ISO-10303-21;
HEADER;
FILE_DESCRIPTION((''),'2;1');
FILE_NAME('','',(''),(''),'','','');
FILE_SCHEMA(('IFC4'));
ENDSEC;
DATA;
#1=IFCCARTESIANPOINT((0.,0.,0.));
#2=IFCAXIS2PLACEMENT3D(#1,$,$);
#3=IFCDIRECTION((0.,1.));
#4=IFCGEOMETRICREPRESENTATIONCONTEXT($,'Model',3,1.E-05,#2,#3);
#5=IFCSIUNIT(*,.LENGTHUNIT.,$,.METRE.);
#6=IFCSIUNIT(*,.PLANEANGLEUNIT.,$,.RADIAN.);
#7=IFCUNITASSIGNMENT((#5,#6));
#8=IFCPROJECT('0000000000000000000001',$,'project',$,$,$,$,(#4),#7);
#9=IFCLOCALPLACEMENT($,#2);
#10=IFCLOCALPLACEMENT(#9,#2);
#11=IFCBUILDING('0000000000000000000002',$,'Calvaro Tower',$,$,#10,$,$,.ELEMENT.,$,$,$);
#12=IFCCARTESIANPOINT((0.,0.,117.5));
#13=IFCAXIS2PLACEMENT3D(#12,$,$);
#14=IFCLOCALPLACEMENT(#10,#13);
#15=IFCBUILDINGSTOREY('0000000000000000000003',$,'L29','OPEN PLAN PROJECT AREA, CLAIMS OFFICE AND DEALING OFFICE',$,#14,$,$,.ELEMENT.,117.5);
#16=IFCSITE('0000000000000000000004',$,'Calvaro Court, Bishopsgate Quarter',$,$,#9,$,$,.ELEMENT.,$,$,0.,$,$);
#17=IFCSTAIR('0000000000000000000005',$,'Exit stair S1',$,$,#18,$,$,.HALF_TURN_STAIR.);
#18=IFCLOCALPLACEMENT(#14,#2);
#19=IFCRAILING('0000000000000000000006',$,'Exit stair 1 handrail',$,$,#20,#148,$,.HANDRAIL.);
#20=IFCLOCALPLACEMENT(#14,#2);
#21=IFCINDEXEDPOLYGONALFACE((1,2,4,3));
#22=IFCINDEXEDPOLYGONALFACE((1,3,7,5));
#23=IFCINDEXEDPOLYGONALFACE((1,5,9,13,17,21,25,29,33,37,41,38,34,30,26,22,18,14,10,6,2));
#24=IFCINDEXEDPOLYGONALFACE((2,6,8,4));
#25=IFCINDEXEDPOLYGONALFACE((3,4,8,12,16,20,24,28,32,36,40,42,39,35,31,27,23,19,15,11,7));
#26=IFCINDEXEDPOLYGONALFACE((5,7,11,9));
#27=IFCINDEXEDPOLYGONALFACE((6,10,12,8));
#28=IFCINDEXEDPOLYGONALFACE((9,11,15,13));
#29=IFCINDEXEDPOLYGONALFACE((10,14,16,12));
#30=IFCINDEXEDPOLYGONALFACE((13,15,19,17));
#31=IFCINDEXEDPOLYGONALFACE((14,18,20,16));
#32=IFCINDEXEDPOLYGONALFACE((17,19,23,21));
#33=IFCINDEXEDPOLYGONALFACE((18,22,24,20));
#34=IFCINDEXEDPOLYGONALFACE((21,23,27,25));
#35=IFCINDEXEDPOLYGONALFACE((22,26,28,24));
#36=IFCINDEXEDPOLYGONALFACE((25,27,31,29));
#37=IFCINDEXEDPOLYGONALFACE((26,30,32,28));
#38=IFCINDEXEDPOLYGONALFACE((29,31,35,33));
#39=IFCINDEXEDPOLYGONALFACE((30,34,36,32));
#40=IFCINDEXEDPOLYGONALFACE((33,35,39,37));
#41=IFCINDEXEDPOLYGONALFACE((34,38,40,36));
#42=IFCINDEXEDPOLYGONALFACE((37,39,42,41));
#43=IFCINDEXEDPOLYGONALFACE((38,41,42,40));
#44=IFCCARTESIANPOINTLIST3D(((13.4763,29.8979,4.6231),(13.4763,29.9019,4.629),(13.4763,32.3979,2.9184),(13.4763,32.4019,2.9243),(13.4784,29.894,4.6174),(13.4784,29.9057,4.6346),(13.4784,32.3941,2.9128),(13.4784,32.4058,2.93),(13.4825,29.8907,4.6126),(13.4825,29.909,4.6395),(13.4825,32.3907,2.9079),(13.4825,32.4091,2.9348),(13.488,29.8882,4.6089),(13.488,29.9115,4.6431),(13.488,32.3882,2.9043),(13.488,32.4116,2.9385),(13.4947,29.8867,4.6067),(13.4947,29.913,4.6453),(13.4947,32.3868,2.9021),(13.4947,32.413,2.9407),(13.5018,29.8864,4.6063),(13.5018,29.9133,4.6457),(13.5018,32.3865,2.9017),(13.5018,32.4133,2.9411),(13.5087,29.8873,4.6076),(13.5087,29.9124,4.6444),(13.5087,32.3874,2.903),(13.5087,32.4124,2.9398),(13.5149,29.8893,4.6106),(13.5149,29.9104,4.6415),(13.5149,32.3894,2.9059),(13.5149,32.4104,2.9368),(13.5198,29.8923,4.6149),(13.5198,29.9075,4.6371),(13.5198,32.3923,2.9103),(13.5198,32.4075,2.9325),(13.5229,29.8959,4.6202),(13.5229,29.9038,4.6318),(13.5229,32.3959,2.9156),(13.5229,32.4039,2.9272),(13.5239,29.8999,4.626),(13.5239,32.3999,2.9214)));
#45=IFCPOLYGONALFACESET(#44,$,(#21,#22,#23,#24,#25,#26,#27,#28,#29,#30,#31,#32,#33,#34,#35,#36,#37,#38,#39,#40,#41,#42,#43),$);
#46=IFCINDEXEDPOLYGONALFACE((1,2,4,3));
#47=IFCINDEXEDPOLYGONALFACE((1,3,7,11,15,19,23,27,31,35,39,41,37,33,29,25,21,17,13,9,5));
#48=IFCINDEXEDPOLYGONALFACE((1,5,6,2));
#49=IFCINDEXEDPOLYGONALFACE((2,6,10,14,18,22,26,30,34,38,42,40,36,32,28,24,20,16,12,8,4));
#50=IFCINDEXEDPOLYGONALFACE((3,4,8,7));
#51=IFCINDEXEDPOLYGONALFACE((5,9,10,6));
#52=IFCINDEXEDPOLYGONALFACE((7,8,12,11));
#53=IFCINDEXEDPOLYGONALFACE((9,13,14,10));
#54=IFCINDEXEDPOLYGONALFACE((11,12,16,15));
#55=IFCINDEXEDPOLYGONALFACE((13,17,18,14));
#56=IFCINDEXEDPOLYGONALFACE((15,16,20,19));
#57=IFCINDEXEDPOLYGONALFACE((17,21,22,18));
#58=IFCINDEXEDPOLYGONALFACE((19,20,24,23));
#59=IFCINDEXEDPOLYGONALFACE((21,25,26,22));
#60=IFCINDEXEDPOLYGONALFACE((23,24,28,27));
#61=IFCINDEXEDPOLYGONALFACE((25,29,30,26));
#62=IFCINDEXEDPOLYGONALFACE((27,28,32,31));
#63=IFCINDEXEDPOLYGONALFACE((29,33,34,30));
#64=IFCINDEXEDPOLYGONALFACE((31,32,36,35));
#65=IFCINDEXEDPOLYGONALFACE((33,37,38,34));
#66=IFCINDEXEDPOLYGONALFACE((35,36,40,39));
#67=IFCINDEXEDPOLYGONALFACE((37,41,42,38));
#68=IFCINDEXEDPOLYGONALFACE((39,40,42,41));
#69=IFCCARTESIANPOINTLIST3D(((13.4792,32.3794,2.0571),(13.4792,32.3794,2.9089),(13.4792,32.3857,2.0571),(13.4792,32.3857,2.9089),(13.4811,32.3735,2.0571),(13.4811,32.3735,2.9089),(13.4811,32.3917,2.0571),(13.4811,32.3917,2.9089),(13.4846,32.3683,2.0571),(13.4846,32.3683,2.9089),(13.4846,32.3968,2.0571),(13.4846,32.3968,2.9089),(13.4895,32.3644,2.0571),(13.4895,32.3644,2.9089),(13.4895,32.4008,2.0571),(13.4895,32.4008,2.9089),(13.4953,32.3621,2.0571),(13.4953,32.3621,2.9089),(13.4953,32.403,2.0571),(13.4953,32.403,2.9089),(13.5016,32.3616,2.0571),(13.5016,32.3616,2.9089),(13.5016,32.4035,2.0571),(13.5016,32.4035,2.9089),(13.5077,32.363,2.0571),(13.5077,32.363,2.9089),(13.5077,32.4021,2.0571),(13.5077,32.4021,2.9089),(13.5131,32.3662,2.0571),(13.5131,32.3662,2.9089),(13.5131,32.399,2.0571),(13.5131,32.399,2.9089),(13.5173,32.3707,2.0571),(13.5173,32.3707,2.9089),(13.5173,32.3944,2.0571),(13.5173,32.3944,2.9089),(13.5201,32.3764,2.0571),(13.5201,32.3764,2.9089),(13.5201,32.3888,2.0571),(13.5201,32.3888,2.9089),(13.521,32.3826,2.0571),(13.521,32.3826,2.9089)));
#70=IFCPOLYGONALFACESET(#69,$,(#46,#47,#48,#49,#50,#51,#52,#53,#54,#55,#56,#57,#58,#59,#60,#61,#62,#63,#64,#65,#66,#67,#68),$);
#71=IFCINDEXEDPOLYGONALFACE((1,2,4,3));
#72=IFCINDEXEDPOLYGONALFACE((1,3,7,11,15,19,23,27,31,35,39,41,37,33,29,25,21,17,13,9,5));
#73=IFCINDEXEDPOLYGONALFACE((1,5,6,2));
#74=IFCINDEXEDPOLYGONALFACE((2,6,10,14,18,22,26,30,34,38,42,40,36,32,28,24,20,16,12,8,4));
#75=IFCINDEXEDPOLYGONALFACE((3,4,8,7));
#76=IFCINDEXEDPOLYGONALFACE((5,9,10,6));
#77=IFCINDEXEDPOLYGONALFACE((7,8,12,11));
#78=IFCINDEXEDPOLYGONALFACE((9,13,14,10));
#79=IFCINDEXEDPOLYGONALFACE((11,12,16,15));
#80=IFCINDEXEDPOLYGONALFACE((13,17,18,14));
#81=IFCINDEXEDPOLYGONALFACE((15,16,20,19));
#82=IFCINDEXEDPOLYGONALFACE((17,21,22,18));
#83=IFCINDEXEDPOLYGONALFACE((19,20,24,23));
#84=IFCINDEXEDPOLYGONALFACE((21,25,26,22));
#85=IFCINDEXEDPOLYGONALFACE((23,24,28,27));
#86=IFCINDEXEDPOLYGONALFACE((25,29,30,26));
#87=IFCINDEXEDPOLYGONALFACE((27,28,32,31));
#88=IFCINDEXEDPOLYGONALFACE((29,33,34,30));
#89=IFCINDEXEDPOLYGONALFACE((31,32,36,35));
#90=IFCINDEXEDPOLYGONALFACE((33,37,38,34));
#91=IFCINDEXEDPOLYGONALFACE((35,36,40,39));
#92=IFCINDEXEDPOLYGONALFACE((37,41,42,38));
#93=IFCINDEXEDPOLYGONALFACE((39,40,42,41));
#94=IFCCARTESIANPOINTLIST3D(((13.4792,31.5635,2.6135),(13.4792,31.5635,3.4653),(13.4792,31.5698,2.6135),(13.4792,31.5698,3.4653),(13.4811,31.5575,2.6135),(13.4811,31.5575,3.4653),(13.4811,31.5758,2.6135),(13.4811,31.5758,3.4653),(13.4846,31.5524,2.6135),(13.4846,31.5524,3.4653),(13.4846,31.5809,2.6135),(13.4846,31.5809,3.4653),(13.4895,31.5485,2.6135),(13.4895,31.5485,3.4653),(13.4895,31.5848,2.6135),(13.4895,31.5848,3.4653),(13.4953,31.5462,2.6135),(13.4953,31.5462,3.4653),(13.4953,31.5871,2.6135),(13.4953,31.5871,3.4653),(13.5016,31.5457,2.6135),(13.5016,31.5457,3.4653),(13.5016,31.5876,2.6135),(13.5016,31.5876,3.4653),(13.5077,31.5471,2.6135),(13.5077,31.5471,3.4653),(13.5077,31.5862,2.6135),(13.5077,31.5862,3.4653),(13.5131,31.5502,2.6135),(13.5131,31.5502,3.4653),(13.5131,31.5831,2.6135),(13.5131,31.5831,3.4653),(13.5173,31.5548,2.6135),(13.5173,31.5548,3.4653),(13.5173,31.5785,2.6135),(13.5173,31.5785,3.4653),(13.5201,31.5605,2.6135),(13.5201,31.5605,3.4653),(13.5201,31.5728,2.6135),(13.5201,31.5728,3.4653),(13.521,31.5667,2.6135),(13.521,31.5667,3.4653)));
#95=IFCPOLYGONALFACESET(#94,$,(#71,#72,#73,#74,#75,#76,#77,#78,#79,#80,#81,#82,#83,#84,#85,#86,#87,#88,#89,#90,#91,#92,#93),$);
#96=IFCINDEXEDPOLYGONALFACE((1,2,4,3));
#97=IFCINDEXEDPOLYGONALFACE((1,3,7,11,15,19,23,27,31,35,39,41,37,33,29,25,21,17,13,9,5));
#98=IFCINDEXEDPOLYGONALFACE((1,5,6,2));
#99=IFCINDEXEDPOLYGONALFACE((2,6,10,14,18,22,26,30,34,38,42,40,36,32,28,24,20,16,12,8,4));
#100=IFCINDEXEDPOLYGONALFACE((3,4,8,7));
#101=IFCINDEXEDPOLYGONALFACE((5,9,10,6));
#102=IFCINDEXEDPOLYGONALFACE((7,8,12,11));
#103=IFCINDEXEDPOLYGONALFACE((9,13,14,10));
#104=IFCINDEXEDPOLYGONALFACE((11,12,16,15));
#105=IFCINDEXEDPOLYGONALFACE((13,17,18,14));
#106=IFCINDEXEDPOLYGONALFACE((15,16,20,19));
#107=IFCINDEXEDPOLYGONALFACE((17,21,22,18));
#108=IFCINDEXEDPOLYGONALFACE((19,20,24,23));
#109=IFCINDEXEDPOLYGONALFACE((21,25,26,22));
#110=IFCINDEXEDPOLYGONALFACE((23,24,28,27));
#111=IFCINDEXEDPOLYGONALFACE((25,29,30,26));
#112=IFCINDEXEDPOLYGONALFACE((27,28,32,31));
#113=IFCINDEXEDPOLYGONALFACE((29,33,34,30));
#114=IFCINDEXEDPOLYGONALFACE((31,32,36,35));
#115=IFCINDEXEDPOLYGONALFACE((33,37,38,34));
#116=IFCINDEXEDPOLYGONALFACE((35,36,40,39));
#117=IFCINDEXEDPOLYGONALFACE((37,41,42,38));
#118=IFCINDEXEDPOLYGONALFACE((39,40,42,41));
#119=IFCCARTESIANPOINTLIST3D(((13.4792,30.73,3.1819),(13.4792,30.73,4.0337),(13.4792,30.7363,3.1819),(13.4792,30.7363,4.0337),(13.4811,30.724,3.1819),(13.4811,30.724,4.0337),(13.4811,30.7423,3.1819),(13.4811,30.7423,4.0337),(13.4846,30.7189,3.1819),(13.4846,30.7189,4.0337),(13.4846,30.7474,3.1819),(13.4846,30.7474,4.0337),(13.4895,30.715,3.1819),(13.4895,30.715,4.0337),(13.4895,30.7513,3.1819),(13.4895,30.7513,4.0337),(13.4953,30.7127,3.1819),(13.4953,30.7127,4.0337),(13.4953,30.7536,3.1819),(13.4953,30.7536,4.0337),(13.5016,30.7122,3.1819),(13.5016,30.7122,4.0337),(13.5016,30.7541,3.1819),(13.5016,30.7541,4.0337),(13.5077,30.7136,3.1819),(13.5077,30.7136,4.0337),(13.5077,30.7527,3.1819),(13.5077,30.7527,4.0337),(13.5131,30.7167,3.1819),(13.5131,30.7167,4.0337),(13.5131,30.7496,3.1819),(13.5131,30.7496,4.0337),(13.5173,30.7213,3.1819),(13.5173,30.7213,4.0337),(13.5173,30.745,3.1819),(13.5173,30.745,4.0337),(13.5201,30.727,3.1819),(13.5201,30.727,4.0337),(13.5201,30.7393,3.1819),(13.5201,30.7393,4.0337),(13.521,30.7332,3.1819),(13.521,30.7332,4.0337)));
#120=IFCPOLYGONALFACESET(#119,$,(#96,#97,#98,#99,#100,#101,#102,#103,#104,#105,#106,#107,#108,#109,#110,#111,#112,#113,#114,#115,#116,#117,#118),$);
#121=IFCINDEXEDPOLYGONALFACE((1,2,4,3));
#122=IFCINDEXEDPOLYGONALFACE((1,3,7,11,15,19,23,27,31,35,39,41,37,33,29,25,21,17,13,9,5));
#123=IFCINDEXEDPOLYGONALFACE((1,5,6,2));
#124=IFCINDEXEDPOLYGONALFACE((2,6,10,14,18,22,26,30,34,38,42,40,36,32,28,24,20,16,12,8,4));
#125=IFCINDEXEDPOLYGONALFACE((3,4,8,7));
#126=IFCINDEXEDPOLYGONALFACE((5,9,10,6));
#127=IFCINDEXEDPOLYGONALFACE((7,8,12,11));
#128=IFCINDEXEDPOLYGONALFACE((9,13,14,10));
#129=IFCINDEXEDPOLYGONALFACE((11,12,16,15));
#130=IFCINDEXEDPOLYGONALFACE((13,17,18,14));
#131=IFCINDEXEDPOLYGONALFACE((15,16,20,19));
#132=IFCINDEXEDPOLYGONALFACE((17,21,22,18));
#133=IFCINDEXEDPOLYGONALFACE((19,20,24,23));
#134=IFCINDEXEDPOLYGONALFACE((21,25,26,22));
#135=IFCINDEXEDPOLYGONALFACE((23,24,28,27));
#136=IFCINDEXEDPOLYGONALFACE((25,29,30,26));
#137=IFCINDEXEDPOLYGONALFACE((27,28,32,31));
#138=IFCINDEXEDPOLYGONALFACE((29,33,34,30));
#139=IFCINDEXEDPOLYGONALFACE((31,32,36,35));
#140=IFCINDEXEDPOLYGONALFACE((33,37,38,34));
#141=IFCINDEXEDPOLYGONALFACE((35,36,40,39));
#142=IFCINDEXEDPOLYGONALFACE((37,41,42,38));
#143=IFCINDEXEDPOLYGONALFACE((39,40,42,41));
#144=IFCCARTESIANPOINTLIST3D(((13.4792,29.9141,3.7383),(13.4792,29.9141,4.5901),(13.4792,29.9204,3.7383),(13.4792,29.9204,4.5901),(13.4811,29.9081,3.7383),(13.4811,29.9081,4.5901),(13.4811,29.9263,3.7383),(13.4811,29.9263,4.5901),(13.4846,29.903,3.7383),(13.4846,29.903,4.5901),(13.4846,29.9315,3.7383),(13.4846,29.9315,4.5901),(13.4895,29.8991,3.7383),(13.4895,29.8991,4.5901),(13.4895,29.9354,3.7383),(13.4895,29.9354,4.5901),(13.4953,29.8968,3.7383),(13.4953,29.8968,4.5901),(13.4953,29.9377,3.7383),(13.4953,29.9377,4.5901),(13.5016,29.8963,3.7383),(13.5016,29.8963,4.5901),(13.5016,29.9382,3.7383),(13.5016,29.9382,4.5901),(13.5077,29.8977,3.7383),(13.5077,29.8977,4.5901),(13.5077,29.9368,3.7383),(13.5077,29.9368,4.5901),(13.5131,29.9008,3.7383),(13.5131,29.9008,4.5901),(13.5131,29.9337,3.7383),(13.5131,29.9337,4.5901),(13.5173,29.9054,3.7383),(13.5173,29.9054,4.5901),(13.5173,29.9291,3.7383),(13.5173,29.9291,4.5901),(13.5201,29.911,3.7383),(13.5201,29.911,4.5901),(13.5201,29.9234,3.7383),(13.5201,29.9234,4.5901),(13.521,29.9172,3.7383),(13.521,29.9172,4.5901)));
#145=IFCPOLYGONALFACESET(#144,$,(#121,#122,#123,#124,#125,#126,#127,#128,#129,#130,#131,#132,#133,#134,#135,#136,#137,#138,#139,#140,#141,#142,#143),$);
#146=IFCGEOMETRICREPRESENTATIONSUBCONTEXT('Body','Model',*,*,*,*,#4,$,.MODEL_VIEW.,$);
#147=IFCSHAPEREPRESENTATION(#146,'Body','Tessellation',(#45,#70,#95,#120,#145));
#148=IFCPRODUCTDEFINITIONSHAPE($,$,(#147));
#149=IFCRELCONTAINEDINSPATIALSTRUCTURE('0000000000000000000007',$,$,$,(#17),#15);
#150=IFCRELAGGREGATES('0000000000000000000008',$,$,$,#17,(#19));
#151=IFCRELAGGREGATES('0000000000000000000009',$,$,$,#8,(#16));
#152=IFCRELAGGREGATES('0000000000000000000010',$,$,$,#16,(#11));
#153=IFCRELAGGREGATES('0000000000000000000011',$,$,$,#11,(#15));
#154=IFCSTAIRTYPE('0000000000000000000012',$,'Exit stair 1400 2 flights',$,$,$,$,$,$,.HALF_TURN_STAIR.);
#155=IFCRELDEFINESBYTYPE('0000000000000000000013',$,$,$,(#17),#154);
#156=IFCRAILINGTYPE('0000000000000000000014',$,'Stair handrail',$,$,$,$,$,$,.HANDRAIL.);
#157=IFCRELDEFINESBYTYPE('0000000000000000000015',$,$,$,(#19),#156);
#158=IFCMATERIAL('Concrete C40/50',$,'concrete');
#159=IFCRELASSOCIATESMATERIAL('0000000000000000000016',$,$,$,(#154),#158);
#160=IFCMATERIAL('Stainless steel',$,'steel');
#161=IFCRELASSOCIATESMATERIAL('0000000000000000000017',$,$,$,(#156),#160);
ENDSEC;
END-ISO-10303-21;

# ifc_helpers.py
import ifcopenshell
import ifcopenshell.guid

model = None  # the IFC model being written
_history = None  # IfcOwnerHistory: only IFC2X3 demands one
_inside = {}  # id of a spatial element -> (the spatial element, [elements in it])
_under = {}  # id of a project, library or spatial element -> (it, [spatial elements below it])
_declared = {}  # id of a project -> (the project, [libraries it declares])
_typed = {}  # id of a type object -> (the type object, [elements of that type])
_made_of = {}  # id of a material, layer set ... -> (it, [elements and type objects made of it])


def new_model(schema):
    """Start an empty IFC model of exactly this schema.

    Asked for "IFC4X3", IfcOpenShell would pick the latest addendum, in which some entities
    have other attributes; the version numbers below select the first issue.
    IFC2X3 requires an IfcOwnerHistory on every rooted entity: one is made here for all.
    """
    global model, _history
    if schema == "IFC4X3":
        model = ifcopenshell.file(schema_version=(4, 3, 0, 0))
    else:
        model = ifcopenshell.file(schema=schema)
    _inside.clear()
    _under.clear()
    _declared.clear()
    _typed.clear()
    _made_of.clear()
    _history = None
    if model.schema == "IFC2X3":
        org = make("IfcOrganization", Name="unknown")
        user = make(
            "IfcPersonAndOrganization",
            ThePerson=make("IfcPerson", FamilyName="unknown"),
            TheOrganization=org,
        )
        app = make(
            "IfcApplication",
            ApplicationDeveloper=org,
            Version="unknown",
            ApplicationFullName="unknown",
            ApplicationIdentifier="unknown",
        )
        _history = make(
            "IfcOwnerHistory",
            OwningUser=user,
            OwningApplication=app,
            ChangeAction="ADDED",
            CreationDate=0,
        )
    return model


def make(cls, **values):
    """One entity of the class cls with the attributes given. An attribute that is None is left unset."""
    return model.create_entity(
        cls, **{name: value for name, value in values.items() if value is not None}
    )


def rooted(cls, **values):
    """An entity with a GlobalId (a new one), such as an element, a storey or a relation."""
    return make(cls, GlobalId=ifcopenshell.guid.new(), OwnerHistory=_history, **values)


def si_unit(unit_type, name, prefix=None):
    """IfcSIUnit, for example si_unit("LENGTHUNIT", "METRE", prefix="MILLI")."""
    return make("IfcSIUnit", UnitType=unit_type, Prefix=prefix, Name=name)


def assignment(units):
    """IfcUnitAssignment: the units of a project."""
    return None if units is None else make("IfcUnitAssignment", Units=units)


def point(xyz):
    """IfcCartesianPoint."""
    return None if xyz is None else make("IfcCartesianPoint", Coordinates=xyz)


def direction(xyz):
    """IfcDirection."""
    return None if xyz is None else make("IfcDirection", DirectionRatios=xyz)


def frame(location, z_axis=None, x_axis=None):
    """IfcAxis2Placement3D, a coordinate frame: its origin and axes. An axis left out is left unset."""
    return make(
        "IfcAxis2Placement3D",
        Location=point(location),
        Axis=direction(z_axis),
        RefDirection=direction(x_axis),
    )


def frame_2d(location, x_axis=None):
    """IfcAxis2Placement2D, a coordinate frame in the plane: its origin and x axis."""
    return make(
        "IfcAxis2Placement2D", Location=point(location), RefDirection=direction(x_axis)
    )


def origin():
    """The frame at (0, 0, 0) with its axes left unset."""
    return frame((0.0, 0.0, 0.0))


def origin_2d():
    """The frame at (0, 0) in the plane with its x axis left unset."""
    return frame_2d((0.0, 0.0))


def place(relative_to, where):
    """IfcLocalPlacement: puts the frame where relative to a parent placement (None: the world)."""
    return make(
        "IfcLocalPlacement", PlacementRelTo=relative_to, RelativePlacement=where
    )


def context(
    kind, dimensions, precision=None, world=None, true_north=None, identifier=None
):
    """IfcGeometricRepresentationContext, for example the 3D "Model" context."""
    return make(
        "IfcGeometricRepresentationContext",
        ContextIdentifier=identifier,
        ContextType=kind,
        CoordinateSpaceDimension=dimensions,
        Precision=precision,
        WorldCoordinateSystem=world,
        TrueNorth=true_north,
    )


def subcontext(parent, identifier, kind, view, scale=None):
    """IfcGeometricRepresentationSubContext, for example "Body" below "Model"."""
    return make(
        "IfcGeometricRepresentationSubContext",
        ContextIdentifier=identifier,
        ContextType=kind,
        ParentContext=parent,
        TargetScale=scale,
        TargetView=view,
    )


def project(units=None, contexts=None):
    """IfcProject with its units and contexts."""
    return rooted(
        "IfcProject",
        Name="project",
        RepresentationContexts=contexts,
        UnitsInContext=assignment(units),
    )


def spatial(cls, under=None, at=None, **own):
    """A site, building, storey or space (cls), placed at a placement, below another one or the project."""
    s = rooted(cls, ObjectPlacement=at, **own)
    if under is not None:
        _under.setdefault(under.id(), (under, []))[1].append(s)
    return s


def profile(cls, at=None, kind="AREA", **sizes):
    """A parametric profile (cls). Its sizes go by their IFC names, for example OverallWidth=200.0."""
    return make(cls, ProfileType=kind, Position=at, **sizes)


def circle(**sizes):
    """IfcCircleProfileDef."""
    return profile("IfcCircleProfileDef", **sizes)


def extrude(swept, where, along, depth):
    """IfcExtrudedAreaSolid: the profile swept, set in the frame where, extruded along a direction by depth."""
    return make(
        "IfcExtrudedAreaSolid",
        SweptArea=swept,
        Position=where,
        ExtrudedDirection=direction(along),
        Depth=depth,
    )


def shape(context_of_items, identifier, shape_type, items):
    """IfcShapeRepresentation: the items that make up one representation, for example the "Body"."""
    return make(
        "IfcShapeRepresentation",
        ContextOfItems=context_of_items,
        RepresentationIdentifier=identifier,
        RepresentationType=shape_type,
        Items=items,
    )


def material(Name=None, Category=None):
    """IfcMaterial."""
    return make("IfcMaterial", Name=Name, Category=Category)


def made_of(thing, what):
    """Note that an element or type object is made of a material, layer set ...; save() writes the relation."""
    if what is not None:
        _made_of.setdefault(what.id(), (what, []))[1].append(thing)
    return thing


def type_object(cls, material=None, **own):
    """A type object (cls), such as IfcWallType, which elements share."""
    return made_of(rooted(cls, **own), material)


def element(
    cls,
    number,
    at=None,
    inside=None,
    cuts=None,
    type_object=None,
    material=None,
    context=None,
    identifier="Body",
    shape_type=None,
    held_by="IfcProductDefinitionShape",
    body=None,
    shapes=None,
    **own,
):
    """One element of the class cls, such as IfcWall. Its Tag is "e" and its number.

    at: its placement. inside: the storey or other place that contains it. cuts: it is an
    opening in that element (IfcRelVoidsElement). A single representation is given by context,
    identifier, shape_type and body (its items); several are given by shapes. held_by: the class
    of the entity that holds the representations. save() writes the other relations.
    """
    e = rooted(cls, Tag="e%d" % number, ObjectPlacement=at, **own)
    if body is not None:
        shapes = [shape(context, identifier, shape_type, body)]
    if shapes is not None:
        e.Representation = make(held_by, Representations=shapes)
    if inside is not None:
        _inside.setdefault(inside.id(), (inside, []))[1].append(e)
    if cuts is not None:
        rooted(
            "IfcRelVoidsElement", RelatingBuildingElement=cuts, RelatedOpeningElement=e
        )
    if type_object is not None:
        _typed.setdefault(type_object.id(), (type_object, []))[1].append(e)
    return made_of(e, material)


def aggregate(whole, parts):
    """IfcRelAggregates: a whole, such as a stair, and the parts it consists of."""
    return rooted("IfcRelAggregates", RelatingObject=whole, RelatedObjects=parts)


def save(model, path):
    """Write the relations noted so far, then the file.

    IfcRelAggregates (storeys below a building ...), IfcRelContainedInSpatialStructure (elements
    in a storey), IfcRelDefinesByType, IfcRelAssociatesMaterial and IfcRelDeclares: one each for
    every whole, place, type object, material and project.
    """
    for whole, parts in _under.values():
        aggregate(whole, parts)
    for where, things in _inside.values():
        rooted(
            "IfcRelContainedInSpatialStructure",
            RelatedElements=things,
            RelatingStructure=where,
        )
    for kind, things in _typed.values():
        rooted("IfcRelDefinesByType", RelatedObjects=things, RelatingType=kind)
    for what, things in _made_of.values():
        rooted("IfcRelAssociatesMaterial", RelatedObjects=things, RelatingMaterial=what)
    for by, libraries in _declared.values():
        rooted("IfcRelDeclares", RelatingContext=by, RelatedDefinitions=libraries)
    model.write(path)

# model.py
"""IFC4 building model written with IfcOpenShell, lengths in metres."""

from ifc_helpers import new_model, si_unit, direction, frame, origin, origin_2d, place, context, subcontext, project, spatial, circle, extrude, material, type_object, element, aggregate, save


model = new_model("IFC4")

# Units and contexts
model_context = context("Model", 3, precision=1e-05, world=origin(), true_north=direction((0.0, 1.0)))
body_context = subcontext(model_context, "Body", "Model", "MODEL_VIEW")
ifc_project = project(units=[si_unit("LENGTHUNIT", "METRE"), si_unit("PLANEANGLEUNIT", "RADIAN")], contexts=[model_context])

# Site, building, storey
site_placement = place(None, origin())
site = spatial("IfcSite", under=ifc_project, at=site_placement, Name="Calvaro Court, Bishopsgate Quarter", CompositionType="ELEMENT", RefElevation=0.0)
building_placement = place(site_placement, origin())
building = spatial("IfcBuilding", under=site, at=building_placement, Name="Calvaro Tower", CompositionType="ELEMENT")
storey_placement = place(building_placement, frame((0.0, 0.0, 117.5)))
storey = spatial("IfcBuildingStorey", under=building, at=storey_placement, Name="L29", Description="OPEN PLAN PROJECT AREA, CLAIMS OFFICE AND DEALING OFFICE", CompositionType="ELEMENT", Elevation=117.5)

# Stair, railing
ifc_material_1 = material(Name="Concrete C40/50", Category="concrete")
stair_type = type_object("IfcStairType", Name="Exit stair 1400 2 flights", PredefinedType="HALF_TURN_STAIR", material=ifc_material_1)
stair_placement = place(storey_placement, origin())
stair = element("IfcStair", 1, at=stair_placement, inside=storey, type_object=stair_type, Name="Exit stair S1", PredefinedType="HALF_TURN_STAIR")
ifc_material_2 = material(Name="Stainless steel", Category="steel")
railing_type = type_object("IfcRailingType", Name="Stair handrail", PredefinedType="HANDRAIL", material=ifc_material_2)
railing_1_placement = place(storey_placement, frame((13.5, 32.3999, 2.0454)))
railing_1 = element("IfcRailing", 2, at=railing_1_placement, type_object=railing_type, Name="Exit stair 1 handrail", PredefinedType="HANDRAIL", context=body_context, shape_type="SweptSolid", body=[
    extrude(circle(Radius=0.0239, at=origin_2d()), frame((0.0, 0.0, 0.876), z_axis=(0.0, -0.826221, 0.563347), x_axis=(1.0, 0.0, 0.0)), (0.0, 0.0, 1.0), 3.0259),
    extrude(circle(Radius=0.021, at=origin_2d()), frame((0.0, -0.0173, 0.0117)), (0.0, 0.0, 1.0), 0.8518),
    extrude(circle(Radius=0.021, at=origin_2d()), frame((0.0, -0.8333, 0.5681)), (0.0, 0.0, 1.0), 0.8518),
    extrude(circle(Radius=0.021, at=origin_2d()), frame((0.0, -1.6667, 1.1365)), (0.0, 0.0, 1.0), 0.8518),
    extrude(circle(Radius=0.021, at=origin_2d()), frame((0.0, -2.4827, 1.6929)), (0.0, 0.0, 1.0), 0.8518),
])
aggregate(stair, [railing_1])

save(model, "model.ifc")
